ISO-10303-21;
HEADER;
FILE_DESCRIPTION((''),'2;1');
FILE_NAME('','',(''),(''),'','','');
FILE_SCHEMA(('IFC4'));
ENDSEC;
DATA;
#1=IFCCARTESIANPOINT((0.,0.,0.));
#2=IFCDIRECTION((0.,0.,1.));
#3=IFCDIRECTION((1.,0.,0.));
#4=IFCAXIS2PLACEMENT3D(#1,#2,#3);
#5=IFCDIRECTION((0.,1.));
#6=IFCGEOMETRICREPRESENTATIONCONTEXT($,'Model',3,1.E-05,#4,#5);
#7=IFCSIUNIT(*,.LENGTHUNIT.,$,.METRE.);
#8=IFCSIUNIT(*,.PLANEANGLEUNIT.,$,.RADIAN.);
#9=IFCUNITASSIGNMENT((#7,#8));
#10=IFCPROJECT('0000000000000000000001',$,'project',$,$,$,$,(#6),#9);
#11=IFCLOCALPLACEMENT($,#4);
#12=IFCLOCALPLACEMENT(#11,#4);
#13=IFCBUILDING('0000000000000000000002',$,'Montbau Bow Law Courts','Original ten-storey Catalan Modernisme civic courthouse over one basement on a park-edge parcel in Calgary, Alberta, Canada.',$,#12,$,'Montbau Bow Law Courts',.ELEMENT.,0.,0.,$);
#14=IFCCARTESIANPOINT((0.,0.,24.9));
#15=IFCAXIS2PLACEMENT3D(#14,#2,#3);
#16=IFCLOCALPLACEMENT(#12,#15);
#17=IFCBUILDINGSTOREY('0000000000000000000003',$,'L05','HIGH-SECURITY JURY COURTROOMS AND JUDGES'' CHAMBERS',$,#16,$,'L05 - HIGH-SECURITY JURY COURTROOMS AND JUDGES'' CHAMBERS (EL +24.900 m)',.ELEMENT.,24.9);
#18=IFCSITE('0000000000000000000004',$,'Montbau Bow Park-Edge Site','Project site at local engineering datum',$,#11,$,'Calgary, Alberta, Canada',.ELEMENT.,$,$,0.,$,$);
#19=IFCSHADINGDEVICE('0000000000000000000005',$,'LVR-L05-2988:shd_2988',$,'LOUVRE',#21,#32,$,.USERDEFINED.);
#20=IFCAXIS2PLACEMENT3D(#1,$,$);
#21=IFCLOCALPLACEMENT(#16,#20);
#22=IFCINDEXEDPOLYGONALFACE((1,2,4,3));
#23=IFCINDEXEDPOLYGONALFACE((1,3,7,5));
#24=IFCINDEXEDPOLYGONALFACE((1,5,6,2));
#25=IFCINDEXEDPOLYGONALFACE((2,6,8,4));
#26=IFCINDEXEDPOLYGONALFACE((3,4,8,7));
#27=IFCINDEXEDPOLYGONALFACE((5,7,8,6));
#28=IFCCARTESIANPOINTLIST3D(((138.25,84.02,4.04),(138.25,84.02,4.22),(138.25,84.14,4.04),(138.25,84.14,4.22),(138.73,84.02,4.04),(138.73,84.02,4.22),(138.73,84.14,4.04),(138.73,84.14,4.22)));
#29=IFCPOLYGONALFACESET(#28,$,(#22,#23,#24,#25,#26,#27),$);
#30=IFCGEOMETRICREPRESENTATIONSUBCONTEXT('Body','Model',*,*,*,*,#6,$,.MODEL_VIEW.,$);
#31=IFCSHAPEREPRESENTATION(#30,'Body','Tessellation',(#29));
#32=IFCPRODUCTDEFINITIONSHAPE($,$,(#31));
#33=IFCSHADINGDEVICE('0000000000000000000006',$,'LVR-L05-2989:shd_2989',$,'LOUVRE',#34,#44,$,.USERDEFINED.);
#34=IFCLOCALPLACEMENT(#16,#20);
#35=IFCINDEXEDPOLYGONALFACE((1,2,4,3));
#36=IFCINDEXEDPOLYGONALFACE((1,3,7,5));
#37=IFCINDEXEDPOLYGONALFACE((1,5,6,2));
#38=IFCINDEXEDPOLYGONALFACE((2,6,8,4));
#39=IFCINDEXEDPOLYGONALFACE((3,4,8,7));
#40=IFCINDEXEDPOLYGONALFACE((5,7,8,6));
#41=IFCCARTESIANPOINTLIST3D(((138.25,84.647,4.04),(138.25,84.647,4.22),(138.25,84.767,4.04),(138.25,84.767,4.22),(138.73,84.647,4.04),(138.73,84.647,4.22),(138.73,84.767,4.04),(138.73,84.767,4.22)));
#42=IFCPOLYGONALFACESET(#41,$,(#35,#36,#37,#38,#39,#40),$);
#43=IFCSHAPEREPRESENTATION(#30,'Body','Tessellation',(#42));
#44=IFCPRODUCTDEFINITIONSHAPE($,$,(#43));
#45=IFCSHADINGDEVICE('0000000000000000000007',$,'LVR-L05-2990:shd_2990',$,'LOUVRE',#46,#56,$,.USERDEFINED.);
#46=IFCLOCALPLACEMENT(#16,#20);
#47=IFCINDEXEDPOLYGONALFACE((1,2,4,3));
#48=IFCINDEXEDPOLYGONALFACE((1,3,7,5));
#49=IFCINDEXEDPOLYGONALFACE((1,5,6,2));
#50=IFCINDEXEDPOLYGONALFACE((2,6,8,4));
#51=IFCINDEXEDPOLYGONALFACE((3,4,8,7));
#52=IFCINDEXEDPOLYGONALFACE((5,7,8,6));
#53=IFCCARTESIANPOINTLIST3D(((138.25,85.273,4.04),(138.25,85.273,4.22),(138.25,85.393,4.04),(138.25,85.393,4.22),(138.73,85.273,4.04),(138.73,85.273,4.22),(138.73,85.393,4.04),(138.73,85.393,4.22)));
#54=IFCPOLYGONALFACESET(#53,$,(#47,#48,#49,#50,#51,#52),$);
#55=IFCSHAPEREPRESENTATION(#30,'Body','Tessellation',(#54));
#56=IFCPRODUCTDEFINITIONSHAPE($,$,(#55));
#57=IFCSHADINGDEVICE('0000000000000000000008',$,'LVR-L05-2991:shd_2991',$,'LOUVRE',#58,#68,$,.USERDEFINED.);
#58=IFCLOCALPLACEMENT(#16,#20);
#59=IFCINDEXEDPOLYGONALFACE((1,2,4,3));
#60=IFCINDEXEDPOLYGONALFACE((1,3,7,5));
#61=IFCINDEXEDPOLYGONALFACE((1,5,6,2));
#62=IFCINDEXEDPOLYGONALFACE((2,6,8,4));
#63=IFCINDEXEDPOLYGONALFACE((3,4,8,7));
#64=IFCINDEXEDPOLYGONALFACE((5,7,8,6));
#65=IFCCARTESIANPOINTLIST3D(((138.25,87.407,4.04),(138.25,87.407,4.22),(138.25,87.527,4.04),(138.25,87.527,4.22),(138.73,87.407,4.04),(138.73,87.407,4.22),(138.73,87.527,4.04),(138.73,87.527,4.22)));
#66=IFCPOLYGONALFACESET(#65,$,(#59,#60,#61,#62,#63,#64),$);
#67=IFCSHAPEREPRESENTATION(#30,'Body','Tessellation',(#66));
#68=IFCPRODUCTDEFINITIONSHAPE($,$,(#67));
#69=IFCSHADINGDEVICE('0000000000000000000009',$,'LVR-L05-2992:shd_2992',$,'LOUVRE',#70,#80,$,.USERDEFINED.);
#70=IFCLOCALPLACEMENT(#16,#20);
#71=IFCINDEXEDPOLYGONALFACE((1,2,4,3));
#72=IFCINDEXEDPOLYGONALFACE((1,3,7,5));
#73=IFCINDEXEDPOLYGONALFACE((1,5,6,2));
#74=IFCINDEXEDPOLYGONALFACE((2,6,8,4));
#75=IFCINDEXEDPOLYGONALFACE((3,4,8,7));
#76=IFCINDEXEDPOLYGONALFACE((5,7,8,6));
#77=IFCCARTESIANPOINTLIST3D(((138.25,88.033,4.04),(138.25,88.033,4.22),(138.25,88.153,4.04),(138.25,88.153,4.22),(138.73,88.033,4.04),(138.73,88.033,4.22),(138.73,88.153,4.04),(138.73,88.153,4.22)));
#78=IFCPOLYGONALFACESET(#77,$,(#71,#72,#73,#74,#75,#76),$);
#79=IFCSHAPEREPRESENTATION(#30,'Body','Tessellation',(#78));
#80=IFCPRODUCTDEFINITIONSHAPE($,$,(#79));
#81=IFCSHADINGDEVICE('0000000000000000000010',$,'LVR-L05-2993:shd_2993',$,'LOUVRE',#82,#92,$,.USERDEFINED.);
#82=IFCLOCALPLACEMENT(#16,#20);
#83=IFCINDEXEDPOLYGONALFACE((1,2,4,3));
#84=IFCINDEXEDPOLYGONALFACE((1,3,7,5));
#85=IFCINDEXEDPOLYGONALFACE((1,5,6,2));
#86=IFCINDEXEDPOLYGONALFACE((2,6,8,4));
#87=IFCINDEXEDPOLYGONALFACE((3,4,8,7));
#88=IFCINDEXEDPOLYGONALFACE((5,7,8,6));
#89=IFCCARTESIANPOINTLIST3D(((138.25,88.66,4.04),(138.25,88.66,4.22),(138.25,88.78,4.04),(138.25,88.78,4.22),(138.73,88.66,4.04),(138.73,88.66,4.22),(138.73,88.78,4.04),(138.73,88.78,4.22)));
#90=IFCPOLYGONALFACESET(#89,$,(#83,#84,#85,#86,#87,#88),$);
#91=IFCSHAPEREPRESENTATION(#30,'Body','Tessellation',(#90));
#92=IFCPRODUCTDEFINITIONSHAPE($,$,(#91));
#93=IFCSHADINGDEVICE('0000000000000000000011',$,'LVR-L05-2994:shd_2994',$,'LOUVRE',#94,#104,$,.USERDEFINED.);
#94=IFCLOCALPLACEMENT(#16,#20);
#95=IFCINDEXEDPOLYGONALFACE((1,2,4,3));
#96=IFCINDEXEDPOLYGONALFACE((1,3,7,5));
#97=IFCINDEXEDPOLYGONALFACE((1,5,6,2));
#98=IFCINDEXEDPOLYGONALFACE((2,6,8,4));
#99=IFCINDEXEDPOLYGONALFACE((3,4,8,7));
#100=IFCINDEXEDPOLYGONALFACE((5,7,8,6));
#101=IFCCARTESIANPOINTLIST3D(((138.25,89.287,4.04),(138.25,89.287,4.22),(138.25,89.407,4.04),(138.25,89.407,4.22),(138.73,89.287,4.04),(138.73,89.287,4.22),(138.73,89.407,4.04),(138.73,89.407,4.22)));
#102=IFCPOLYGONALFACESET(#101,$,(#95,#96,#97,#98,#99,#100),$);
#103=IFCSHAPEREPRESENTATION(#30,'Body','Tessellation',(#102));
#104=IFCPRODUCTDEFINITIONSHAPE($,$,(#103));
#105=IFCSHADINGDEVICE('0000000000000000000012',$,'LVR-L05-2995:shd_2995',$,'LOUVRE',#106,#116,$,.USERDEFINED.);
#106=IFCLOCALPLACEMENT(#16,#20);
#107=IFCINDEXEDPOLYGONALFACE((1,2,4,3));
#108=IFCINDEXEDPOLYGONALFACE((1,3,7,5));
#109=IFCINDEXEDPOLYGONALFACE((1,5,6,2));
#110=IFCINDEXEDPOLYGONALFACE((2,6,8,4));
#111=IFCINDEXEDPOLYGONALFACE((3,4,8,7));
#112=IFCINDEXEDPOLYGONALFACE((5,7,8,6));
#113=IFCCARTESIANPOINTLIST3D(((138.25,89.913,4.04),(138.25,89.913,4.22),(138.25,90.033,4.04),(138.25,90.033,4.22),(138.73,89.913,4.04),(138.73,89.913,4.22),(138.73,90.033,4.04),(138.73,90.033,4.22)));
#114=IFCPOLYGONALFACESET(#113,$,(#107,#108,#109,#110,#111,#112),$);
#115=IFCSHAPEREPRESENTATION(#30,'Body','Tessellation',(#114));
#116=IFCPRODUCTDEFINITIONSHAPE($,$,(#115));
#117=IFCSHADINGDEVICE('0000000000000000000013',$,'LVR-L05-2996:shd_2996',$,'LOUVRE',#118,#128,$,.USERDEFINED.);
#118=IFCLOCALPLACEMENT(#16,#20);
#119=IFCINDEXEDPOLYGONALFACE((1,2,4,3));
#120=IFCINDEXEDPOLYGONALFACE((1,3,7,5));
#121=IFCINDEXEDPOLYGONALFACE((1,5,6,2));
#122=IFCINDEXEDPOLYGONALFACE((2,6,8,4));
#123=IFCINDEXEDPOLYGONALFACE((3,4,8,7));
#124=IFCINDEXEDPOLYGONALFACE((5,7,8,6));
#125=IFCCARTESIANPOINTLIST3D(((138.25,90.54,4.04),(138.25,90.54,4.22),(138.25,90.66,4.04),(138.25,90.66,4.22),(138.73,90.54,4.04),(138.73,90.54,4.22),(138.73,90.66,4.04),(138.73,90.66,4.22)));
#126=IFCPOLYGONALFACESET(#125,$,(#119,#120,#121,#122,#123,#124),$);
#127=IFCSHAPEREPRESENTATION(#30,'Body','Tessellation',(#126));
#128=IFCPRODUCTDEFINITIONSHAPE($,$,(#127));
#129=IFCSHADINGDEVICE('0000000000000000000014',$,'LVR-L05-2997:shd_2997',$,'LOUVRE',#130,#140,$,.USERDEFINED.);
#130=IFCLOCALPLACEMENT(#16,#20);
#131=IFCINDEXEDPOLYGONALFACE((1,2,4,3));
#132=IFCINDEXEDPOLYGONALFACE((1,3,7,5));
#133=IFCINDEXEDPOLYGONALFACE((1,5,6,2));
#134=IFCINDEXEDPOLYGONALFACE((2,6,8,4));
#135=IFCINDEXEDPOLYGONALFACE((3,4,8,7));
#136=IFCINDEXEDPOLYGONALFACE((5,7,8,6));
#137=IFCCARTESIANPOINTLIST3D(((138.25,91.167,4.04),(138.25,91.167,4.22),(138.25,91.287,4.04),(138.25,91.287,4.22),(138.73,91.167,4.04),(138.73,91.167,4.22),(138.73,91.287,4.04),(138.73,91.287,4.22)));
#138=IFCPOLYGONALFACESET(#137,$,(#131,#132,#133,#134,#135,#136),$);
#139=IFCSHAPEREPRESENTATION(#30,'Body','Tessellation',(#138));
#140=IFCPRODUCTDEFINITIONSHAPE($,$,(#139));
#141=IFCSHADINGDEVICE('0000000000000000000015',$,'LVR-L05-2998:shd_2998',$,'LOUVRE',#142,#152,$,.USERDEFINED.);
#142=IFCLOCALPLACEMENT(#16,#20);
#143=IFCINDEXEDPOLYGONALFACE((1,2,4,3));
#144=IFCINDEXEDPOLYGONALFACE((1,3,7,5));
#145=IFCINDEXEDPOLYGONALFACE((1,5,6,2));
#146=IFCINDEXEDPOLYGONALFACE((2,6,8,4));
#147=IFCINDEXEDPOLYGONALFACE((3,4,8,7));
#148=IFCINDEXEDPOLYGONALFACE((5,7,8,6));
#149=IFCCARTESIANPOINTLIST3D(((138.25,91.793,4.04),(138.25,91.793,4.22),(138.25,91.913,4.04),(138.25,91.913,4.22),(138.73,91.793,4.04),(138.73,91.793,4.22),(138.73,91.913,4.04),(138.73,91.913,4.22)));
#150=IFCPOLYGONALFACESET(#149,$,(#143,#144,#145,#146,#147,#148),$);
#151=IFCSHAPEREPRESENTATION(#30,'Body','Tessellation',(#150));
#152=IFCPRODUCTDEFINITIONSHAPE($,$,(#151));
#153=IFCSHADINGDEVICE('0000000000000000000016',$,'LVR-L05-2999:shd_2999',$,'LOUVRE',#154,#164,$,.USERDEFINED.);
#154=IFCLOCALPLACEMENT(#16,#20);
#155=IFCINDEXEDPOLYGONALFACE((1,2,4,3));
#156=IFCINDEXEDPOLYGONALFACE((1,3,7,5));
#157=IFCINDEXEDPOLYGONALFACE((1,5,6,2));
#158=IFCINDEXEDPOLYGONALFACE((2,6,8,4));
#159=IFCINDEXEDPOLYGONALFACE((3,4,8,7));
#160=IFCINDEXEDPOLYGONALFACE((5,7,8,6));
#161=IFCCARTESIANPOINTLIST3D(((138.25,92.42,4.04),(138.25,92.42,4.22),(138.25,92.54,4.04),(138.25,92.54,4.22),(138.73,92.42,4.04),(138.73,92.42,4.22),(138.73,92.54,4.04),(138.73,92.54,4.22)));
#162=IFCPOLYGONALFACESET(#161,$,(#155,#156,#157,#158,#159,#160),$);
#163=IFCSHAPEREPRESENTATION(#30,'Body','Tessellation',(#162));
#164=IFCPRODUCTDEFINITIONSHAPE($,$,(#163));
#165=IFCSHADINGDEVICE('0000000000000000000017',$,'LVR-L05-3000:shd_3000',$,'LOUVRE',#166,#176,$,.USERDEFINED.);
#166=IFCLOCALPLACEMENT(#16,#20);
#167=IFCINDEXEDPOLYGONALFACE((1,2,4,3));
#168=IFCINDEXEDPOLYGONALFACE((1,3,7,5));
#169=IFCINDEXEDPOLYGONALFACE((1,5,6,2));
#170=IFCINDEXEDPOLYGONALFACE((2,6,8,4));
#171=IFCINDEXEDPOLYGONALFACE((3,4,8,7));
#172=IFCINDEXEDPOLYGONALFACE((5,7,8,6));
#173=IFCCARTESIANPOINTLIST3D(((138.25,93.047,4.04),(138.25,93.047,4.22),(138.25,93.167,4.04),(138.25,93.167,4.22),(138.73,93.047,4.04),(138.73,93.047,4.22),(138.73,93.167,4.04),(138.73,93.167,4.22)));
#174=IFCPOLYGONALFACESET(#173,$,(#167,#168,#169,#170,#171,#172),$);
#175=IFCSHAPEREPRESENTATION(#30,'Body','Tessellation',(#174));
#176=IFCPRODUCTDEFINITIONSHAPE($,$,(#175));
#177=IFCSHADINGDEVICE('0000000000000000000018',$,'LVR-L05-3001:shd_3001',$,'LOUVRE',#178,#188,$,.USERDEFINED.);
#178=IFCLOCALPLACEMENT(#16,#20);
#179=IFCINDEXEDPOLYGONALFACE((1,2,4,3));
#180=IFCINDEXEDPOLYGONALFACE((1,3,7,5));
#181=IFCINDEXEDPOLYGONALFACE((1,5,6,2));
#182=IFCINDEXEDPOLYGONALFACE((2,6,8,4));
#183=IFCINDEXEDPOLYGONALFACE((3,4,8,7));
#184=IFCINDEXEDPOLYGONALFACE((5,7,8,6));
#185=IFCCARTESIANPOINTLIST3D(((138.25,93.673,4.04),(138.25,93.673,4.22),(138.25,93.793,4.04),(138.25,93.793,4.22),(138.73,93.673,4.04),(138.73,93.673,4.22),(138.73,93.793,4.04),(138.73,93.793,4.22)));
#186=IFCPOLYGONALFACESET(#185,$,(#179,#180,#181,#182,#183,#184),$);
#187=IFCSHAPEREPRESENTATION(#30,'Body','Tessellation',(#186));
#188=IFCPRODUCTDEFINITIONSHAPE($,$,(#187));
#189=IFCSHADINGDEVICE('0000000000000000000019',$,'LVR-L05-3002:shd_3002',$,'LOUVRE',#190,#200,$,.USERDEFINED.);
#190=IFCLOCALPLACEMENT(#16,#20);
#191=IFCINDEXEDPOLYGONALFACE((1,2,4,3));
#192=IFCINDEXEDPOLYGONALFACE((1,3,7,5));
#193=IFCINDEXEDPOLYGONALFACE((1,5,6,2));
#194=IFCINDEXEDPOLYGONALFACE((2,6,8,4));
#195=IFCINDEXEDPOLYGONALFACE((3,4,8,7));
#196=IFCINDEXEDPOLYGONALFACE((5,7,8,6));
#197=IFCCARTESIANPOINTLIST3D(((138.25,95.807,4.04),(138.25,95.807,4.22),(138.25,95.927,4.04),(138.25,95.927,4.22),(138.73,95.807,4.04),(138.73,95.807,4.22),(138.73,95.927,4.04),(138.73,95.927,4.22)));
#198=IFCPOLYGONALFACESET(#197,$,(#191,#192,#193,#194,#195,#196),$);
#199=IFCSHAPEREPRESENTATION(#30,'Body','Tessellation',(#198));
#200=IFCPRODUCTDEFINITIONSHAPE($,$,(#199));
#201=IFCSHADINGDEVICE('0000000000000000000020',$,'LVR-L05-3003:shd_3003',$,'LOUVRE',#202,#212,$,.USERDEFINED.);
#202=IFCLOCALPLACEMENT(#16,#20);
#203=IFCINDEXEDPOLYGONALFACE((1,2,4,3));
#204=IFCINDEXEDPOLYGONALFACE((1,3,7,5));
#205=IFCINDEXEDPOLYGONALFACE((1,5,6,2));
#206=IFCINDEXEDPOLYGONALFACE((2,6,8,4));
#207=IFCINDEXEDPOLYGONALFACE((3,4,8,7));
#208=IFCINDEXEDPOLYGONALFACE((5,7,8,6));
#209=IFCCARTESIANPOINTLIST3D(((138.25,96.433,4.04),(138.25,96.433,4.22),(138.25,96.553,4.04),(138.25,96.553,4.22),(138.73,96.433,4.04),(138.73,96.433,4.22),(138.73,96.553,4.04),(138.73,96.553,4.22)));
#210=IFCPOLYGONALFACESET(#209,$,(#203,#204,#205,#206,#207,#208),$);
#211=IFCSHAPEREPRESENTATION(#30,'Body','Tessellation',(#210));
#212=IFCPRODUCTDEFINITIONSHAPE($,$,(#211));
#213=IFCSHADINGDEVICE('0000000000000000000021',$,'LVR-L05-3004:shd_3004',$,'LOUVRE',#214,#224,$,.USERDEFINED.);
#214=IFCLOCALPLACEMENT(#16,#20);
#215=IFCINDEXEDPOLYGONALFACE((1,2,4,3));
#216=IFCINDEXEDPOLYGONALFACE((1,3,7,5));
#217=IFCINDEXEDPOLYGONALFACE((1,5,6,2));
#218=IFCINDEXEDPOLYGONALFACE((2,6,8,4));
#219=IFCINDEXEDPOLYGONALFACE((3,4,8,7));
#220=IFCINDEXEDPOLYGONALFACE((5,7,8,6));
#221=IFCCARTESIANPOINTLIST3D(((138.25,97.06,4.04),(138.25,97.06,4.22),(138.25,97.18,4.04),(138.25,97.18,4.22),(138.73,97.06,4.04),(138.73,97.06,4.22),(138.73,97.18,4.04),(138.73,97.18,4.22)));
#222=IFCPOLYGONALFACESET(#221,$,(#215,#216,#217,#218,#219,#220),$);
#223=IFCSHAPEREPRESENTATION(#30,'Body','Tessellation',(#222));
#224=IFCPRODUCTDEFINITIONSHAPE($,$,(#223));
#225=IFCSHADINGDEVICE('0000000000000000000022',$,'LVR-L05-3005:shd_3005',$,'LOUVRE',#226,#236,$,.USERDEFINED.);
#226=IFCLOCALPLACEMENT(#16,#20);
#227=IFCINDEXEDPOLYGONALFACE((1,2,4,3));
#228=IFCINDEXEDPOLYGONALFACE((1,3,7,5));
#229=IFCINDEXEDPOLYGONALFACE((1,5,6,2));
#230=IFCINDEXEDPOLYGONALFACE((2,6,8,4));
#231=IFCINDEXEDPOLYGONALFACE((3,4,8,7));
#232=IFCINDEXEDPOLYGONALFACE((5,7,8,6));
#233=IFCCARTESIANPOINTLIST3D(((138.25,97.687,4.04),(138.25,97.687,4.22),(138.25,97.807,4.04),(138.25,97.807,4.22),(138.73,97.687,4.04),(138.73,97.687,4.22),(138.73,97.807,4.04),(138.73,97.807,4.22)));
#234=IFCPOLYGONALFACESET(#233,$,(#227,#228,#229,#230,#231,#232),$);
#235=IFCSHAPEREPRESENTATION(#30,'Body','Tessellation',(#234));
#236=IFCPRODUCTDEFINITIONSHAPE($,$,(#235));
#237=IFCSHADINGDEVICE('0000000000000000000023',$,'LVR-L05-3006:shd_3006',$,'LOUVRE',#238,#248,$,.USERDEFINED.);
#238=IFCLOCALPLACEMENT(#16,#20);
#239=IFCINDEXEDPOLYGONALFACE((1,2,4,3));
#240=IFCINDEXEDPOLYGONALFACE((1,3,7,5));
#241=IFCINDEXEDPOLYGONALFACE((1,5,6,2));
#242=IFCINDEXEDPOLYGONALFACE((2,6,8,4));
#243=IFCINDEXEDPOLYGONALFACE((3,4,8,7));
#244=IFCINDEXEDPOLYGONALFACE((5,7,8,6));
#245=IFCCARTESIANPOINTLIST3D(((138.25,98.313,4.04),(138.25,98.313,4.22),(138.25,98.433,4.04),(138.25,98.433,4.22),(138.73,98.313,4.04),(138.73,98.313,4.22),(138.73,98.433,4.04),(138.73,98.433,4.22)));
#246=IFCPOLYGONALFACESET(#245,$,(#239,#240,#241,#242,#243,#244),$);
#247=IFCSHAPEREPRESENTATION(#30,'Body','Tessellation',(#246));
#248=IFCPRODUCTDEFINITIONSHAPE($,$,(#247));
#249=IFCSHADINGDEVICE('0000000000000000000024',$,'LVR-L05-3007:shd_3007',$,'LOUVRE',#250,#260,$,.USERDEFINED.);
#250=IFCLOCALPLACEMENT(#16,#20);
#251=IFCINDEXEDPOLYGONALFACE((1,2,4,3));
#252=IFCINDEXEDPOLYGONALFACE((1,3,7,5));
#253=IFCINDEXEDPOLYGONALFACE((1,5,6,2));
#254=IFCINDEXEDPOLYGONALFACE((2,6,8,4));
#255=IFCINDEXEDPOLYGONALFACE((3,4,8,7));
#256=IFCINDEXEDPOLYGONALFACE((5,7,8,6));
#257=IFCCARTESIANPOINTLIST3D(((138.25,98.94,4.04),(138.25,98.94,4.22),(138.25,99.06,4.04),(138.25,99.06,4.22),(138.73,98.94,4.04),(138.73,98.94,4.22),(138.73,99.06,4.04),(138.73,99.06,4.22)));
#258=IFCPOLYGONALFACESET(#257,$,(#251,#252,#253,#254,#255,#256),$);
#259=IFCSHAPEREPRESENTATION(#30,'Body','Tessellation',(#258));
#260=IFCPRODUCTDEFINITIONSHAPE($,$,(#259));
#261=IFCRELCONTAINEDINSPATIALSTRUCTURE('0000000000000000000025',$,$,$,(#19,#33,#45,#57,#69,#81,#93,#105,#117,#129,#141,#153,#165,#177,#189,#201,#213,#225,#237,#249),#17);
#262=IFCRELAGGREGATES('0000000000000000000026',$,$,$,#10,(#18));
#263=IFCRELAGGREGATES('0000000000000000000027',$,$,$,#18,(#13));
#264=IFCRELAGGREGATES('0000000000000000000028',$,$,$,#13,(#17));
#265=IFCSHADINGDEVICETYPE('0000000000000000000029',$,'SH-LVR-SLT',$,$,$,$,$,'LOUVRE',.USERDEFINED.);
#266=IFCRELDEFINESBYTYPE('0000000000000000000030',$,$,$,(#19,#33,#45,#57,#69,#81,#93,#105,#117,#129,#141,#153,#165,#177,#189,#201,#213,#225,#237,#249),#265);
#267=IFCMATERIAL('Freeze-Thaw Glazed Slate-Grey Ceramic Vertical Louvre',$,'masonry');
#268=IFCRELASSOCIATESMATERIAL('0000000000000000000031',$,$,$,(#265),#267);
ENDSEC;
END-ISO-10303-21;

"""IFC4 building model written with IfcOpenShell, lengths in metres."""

from ifc_helpers import new_model, si_unit, direction, frame, origin_with_axes, origin_2d_with_axis, place, context, subcontext, project, spatial, rectangle, extrude, material, type_object, element, save


model = new_model("IFC4")

# Units and contexts
model_context = context("Model", 3, precision=1e-05, world=origin_with_axes(), true_north=direction((0.0, 1.0)))
body_context = subcontext(model_context, "Body", "Model", "MODEL_VIEW")
ifc_project = project(units=[si_unit("LENGTHUNIT", "METRE"), si_unit("PLANEANGLEUNIT", "RADIAN")], contexts=[model_context])

# Site, building, storey
site_placement = place(None, origin_with_axes())
site = spatial("IfcSite", under=ifc_project, at=site_placement, Name="Montbau Bow Park-Edge Site", Description="Project site at local engineering datum", LongName="Calgary, Alberta, Canada", CompositionType="ELEMENT", RefElevation=0.0)
building_placement = place(site_placement, origin_with_axes())
building = spatial("IfcBuilding", under=site, at=building_placement, Name="Montbau Bow Law Courts", Description="Original ten-storey Catalan Modernisme civic courthouse over one basement on a park-edge parcel in Calgary, Alberta, Canada.", LongName="Montbau Bow Law Courts", CompositionType="ELEMENT", ElevationOfRefHeight=0.0, ElevationOfTerrain=0.0)
storey_placement = place(building_placement, frame((0.0, 0.0, 24.9), z_axis=(0.0, 0.0, 1.0), x_axis=(1.0, 0.0, 0.0)))
storey = spatial("IfcBuildingStorey", under=building, at=storey_placement, Name="L05", Description="HIGH-SECURITY JURY COURTROOMS AND JUDGES' CHAMBERS", LongName="L05 - HIGH-SECURITY JURY COURTROOMS AND JUDGES' CHAMBERS (EL +24.900 m)", CompositionType="ELEMENT", Elevation=24.9)

# Shading devices
ifc_material = material(Name="Freeze-Thaw Glazed Slate-Grey Ceramic Vertical Louvre", Category="masonry")
shading_device_type = type_object("IfcShadingDeviceType", Name="SH-LVR-SLT", ElementType="LOUVRE", PredefinedType="USERDEFINED", material=ifc_material)
for number, where, z_axis, x_axis, name in (
    (1, (138.49, 84.08, 28.94), (0.0, 0.0, 1.0), (-1.0, 0.0, 0.0), "LVR-L05-2988:shd_2988"),
    (2, (138.49, 84.707, 28.94), (0.0, 0.0, 1.0), (-1.0, 0.0, 0.0), "LVR-L05-2989:shd_2989"),
    (3, (138.49, 85.333, 28.94), (0.0, 0.0, 1.0), (-1.0, 0.0, 0.0), "LVR-L05-2990:shd_2990"),
    (4, (138.49, 87.467, 28.94), (0.0, 0.0, 1.0), (-1.0, 0.0, 0.0), "LVR-L05-2991:shd_2991"),
    (5, (138.49, 88.093, 28.94), (0.0, 0.0, 1.0), (-1.0, 0.0, 0.0), "LVR-L05-2992:shd_2992"),
    (6, (138.49, 88.72, 28.94), (0.0, 0.0, 1.0), (-1.0, 0.0, 0.0), "LVR-L05-2993:shd_2993"),
    (7, (138.49, 89.347, 28.94), (0.0, 0.0, 1.0), (-1.0, 0.0, 0.0), "LVR-L05-2994:shd_2994"),
    (8, (138.49, 89.973, 28.94), (0.0, 0.0, 1.0), (-1.0, 0.0, 0.0), "LVR-L05-2995:shd_2995"),
    (9, (138.49, 90.6, 28.94), (0.0, 0.0, 1.0), (-1.0, 0.0, 0.0), "LVR-L05-2996:shd_2996"),
    (10, (138.49, 91.227, 28.94), (0.0, 0.0, 1.0), (-1.0, 0.0, 0.0), "LVR-L05-2997:shd_2997"),
    (11, (138.49, 91.853, 28.94), (0.0, 0.0, 1.0), (-1.0, 0.0, 0.0), "LVR-L05-2998:shd_2998"),
    (12, (138.49, 92.48, 28.94), (0.0, 0.0, 1.0), (-1.0, 0.0, 0.0), "LVR-L05-2999:shd_2999"),
    (13, (138.49, 93.107, 28.94), (0.0, 0.0, 1.0), (-1.0, 0.0, 0.0), "LVR-L05-3000:shd_3000"),
    (14, (138.49, 93.733, 28.94), (0.0, 0.0, 1.0), (-1.0, 0.0, 0.0), "LVR-L05-3001:shd_3001"),
    (15, (138.49, 95.867, 28.94), (0.0, 0.0, 1.0), (-1.0, 0.0, 0.0), "LVR-L05-3002:shd_3002"),
    (16, (138.49, 96.493, 28.94), (0.0, 0.0, 1.0), (-1.0, 0.0, 0.0), "LVR-L05-3003:shd_3003"),
    (17, (138.49, 97.12, 28.94), (0.0, 0.0, 1.0), (-1.0, 0.0, 0.0), "LVR-L05-3004:shd_3004"),
    (18, (138.49, 97.747, 28.94), (0.0, 0.0, 1.0), (-1.0, 0.0, 0.0), "LVR-L05-3005:shd_3005"),
    (19, (138.49, 98.373, 28.94), (0.0, 0.0, 1.0), (-1.0, 0.0, 0.0), "LVR-L05-3006:shd_3006"),
    (20, (138.49, 99.0, 28.94), (0.0, 0.0, 1.0), (-1.0, 0.0, 0.0), "LVR-L05-3007:shd_3007"),
):
    element("IfcShadingDevice", number, at=place(None, frame(where, z_axis=z_axis, x_axis=x_axis)), inside=storey, type_object=shading_device_type, Name=name, ObjectType="LOUVRE", PredefinedType="USERDEFINED", context=body_context, shape_type="SweptSolid", body=[
        extrude(rectangle(XDim=0.48, YDim=0.12, at=origin_2d_with_axis()), origin_with_axes(), (0.0, 0.0, 1.0), 0.18),
    ])

save(model, "model.ifc")
